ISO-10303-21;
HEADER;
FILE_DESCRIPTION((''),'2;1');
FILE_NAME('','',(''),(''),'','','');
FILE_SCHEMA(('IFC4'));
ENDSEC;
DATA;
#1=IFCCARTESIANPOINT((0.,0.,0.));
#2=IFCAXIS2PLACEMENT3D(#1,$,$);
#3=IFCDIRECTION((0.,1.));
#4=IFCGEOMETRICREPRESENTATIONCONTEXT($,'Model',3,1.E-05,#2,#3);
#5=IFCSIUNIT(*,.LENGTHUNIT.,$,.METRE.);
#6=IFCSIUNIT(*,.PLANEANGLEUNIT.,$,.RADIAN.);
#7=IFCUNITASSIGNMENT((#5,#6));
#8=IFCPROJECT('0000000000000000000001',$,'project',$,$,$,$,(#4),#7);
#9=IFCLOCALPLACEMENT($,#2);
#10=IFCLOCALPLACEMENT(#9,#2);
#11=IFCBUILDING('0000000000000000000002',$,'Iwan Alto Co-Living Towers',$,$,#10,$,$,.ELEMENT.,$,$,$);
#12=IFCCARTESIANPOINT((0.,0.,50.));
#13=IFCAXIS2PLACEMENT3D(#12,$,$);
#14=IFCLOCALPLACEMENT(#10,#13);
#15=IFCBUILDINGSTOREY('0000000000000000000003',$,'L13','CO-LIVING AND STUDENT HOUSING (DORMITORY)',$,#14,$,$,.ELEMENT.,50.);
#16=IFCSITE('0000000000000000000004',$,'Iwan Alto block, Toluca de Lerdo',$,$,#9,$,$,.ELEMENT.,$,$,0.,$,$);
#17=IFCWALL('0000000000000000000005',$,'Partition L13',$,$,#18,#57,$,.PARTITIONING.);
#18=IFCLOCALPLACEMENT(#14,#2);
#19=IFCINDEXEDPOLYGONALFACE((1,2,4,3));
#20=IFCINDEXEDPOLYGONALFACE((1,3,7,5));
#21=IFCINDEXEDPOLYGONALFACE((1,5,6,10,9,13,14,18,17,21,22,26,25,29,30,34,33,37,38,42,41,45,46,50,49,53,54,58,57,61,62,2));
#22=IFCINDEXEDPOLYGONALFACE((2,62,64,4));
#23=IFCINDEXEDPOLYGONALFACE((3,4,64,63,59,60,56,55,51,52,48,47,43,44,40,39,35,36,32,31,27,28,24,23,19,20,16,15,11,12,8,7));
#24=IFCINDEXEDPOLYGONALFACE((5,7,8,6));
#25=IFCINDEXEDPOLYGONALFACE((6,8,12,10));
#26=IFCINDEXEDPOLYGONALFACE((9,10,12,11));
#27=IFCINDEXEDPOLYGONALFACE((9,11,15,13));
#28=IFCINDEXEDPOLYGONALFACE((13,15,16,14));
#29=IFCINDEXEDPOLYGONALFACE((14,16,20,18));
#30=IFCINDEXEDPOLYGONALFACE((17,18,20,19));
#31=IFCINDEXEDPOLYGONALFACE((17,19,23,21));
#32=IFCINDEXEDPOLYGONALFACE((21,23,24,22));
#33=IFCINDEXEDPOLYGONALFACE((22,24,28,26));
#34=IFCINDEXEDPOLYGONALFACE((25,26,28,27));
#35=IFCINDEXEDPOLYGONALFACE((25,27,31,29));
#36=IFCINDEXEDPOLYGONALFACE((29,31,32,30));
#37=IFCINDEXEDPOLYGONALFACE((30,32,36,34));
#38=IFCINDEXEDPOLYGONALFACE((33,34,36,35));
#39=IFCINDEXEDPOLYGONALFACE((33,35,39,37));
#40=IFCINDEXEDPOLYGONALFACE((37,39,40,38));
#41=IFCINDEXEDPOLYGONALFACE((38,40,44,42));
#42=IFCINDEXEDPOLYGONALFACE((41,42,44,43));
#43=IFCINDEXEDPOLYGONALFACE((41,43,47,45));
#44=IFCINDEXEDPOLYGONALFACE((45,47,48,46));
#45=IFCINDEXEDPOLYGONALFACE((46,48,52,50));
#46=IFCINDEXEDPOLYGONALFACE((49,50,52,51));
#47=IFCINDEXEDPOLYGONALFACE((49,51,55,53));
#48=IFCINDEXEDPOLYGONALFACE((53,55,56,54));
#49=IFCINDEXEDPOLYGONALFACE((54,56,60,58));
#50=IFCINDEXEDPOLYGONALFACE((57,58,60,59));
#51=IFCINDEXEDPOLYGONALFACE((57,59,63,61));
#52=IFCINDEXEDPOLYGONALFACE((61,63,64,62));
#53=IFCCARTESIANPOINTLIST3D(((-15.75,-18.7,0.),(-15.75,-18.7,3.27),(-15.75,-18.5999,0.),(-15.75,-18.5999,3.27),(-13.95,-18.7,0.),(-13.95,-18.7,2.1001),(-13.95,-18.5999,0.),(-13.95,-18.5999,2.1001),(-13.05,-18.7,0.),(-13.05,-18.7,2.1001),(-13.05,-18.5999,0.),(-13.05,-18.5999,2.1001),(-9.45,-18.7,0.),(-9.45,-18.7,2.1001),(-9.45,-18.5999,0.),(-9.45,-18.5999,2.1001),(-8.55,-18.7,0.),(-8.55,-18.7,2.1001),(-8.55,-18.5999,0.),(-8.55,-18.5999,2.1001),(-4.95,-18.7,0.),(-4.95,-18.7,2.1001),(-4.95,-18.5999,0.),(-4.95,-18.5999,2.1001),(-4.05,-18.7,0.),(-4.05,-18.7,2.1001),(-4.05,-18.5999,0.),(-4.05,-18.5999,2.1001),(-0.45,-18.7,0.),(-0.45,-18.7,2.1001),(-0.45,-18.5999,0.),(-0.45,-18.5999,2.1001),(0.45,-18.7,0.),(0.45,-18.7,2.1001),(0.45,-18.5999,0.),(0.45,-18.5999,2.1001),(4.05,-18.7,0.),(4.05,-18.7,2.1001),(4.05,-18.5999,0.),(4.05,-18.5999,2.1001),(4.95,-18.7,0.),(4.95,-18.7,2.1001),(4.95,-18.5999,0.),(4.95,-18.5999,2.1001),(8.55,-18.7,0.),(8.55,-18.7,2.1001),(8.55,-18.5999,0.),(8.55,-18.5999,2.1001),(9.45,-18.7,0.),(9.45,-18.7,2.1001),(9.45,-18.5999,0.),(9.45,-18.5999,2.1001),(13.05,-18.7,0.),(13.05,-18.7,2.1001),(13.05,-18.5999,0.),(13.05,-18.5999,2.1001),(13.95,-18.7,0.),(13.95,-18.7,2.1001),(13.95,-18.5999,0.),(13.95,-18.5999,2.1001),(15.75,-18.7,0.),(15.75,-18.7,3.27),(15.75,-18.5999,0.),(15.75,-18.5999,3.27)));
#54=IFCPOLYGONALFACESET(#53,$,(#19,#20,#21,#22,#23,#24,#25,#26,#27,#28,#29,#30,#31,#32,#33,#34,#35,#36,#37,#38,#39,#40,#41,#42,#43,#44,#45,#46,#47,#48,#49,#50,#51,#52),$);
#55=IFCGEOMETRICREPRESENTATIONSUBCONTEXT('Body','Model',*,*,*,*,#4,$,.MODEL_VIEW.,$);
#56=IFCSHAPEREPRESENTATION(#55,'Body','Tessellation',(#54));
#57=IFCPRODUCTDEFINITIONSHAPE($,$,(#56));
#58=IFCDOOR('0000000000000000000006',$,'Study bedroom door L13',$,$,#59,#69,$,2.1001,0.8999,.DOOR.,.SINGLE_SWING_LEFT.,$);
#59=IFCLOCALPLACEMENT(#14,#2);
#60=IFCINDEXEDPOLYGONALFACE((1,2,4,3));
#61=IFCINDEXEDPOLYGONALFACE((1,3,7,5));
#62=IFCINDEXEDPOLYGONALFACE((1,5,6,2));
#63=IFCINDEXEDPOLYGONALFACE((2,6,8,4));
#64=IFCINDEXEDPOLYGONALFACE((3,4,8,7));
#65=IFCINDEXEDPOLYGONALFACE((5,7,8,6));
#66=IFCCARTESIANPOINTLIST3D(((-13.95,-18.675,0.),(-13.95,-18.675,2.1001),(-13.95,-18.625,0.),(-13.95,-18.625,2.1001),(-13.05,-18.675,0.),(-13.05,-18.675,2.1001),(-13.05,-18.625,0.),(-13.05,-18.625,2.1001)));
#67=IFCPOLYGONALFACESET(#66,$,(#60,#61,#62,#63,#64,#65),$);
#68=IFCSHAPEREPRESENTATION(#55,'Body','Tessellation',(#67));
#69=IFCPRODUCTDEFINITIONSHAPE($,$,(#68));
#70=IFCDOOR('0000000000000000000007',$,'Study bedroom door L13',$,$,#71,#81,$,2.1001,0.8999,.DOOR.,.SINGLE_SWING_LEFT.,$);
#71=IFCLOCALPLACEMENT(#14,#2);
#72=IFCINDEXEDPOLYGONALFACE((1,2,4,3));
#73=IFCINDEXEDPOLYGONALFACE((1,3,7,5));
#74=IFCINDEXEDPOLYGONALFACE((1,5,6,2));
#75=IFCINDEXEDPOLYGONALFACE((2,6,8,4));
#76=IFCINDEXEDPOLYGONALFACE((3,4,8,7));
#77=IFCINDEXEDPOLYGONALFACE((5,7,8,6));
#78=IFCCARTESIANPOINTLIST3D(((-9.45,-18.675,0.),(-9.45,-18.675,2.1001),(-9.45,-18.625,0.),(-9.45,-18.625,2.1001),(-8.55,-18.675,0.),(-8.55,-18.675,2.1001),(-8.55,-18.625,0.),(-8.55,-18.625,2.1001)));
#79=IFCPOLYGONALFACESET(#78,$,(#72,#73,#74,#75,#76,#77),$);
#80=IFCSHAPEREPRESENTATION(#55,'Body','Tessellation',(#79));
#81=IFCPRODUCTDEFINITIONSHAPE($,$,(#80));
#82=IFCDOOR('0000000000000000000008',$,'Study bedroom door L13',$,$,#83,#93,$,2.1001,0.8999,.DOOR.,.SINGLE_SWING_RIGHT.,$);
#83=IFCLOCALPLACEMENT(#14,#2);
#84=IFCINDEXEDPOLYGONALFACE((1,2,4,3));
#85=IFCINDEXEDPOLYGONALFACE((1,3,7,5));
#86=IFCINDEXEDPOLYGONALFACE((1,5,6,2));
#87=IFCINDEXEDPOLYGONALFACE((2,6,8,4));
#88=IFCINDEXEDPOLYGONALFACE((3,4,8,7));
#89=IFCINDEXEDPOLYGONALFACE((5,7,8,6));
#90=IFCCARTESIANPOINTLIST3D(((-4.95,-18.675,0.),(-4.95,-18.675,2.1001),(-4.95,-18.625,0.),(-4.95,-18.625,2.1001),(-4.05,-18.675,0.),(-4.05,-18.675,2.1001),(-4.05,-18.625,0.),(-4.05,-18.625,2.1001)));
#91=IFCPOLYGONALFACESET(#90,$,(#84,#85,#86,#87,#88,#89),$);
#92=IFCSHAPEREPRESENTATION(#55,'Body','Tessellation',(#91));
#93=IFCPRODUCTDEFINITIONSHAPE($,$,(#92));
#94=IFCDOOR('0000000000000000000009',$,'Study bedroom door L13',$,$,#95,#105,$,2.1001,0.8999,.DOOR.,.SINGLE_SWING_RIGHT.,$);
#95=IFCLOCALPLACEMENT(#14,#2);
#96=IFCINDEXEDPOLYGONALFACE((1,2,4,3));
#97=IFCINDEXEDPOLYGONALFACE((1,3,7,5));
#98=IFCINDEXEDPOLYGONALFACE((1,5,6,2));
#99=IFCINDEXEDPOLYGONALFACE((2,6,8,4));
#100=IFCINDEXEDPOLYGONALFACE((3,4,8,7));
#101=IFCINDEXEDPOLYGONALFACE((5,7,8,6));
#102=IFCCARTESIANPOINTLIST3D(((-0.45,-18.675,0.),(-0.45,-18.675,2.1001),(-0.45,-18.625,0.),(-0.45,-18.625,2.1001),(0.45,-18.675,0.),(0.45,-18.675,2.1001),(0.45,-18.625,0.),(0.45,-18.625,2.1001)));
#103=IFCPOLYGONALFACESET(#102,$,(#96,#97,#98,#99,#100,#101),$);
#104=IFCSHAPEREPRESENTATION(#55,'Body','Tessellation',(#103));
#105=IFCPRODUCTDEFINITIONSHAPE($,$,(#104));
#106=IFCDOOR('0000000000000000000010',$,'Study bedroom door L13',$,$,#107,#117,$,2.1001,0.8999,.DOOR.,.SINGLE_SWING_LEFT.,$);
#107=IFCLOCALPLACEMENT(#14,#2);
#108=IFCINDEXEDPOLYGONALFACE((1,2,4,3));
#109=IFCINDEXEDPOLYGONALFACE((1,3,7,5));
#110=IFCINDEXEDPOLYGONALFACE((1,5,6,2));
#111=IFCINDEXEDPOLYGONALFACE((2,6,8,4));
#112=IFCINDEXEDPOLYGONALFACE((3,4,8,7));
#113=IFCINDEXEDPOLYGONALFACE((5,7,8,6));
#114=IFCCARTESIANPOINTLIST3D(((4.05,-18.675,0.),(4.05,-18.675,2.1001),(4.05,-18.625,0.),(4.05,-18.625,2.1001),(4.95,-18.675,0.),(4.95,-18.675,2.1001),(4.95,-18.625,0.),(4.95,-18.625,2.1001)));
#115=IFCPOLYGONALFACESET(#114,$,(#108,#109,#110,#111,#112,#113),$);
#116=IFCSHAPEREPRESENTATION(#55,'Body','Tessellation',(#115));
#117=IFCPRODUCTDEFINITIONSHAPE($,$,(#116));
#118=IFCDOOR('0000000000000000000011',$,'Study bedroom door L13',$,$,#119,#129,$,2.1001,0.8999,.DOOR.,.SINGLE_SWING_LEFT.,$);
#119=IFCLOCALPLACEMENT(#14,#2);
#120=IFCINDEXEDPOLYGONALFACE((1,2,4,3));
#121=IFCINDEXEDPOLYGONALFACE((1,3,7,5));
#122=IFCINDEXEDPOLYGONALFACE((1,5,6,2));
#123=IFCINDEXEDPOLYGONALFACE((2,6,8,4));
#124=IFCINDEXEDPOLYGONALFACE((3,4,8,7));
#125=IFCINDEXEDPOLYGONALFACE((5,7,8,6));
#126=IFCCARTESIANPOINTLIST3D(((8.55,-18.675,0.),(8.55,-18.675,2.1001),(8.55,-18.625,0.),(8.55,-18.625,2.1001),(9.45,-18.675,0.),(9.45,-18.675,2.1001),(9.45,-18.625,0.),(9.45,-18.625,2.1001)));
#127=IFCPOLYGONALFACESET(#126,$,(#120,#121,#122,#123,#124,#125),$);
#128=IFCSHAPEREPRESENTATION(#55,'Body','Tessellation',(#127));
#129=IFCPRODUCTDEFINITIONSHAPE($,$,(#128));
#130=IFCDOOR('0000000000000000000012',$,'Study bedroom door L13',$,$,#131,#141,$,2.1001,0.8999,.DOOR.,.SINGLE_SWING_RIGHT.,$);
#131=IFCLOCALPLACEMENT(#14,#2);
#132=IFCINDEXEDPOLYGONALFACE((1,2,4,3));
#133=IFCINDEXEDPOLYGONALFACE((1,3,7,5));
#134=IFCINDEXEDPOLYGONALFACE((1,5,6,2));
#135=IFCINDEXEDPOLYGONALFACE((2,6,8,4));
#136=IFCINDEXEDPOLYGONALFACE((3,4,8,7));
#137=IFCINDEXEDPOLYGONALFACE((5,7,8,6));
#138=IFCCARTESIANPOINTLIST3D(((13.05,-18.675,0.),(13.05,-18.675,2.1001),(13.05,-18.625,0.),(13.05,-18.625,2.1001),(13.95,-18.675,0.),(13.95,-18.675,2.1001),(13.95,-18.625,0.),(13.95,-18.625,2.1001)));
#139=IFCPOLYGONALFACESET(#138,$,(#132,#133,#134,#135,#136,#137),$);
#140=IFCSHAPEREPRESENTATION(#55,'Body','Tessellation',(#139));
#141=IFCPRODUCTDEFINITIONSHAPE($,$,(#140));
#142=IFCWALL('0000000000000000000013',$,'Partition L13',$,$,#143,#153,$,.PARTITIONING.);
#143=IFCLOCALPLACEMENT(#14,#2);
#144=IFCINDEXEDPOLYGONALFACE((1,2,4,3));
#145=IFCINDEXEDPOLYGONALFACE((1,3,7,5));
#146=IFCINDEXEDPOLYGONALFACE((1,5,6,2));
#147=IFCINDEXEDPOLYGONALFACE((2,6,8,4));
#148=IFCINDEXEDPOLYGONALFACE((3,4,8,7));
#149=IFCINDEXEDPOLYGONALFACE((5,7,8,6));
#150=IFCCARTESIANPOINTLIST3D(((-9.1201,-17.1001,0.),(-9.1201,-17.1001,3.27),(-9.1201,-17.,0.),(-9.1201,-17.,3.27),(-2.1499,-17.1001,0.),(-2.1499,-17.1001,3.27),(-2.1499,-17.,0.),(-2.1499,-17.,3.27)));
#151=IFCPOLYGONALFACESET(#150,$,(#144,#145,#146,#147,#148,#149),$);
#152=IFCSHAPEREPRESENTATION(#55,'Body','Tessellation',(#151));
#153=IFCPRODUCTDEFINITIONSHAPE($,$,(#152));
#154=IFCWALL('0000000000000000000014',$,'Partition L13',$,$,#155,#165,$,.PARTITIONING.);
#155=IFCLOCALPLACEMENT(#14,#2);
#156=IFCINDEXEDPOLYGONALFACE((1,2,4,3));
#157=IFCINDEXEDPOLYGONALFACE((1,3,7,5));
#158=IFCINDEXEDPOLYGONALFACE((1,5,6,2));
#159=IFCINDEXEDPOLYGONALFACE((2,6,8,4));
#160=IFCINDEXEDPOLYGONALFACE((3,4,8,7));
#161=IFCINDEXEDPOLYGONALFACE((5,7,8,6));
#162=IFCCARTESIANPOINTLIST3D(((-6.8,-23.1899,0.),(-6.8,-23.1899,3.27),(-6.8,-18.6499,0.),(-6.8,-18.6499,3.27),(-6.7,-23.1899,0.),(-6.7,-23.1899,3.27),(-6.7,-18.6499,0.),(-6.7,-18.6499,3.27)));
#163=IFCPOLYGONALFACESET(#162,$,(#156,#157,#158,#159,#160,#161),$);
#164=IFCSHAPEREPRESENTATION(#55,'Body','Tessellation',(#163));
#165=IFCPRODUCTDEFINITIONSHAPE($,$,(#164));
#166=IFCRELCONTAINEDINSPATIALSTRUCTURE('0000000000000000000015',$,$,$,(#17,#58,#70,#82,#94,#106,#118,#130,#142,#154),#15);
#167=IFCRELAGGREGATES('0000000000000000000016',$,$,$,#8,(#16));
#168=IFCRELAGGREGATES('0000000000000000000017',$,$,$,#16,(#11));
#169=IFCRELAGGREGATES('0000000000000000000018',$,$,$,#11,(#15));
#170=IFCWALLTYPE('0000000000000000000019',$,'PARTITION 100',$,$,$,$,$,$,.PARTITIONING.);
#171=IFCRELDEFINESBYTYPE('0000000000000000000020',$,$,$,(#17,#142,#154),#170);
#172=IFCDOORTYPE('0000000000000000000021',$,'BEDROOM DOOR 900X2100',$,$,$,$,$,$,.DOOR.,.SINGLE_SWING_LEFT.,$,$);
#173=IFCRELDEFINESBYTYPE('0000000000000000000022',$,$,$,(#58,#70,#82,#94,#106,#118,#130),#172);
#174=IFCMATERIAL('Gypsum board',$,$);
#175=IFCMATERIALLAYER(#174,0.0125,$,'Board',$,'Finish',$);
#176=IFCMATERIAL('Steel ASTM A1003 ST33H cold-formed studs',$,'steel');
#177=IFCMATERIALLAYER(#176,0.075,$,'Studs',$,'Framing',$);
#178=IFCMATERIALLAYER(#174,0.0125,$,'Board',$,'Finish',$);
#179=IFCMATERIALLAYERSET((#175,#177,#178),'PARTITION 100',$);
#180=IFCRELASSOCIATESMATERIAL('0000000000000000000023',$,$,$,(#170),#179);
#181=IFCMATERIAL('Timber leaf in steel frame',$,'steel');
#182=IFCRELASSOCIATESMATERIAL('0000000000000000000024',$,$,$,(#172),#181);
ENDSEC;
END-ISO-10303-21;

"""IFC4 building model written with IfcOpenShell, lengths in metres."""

from ifc_helpers import new_model, si_unit, direction, frame, frame_2d, origin, place, context, subcontext, project, spatial, rectangle, extrude, material, layer, layer_set, type_object, element, fill, save


model = new_model("IFC4")

# Units and contexts
model_context = context("Model", 3, precision=1e-05, world=origin(), true_north=direction((0.0, 1.0)))
body_context = subcontext(model_context, "Body", "Model", "MODEL_VIEW")
ifc_project = project(units=[si_unit("LENGTHUNIT", "METRE"), si_unit("PLANEANGLEUNIT", "RADIAN")], contexts=[model_context])

# Site, building, storey
site_placement = place(None, origin())
site = spatial("IfcSite", under=ifc_project, at=site_placement, Name="Iwan Alto block, Toluca de Lerdo", CompositionType="ELEMENT", RefElevation=0.0)
building_placement = place(site_placement, origin())
building = spatial("IfcBuilding", under=site, at=building_placement, Name="Iwan Alto Co-Living Towers", CompositionType="ELEMENT")
storey_placement = place(building_placement, frame((0.0, 0.0, 50.0)))
storey = spatial("IfcBuildingStorey", under=building, at=storey_placement, Name="L13", Description="CO-LIVING AND STUDENT HOUSING (DORMITORY)", CompositionType="ELEMENT", Elevation=50.0)

# Wall, openings, doors
ifc_material_1 = material(Name="Gypsum board")
ifc_layer_1 = layer(ifc_material_1, 0.0125, Name="Board", Category="Finish")
ifc_material_2 = material(Name="Steel ASTM A1003 ST33H cold-formed studs", Category="steel")
ifc_layer_2 = layer(ifc_material_2, 0.075, Name="Studs", Category="Framing")
ifc_layer_3 = layer(ifc_material_1, 0.0125, Name="Board", Category="Finish")
ifc_layer_set_1 = layer_set([ifc_layer_1, ifc_layer_2, ifc_layer_3], Name="PARTITION 100")
wall_type = type_object("IfcWallType", Name="PARTITION 100", PredefinedType="PARTITIONING", material=ifc_layer_set_1)
wall_1_placement = place(storey_placement, frame((-15.75, -18.6499, 0.0), z_axis=(0.0, 0.0, 1.0), x_axis=(1.0, 0.0, 0.0)))
wall_1 = element("IfcWall", 1, at=wall_1_placement, inside=storey, type_object=wall_type, Name="Partition L13", PredefinedType="PARTITIONING", context=body_context, shape_type="SweptSolid", body=[
    extrude(rectangle(XDim=31.5, YDim=0.1001, at=frame_2d((15.75, 0.0))), origin(), (0.0, 0.0, 1.0), 3.27),
])
opening_1_placement = place(wall_1_placement, frame((1.8, 0.0, 0.0)))
opening_1 = element("IfcOpeningElement", 2, at=opening_1_placement, cuts=wall_1, PredefinedType="OPENING", context=body_context, shape_type="SweptSolid", body=[
    extrude(rectangle(XDim=0.8999, YDim=2.1001, at=frame_2d((0.45, 1.05))), frame((0.0, 0.0601, 0.0), z_axis=(0.0, -1.0, 0.0), x_axis=(1.0, 0.0, 0.0)), (0.0, 0.0, 1.0), 0.1201),
])
opening_2_placement = place(wall_1_placement, frame((6.3, 0.0, 0.0)))
opening_2 = element("IfcOpeningElement", 3, at=opening_2_placement, cuts=wall_1, PredefinedType="OPENING", context=body_context, shape_type="SweptSolid", body=[
    extrude(rectangle(XDim=0.8999, YDim=2.1001, at=frame_2d((0.45, 1.05))), frame((0.0, 0.0601, 0.0), z_axis=(0.0, -1.0, 0.0), x_axis=(1.0, 0.0, 0.0)), (0.0, 0.0, 1.0), 0.1201),
])
opening_3_placement = place(wall_1_placement, frame((10.8, 0.0, 0.0)))
opening_3 = element("IfcOpeningElement", 4, at=opening_3_placement, cuts=wall_1, PredefinedType="OPENING", context=body_context, shape_type="SweptSolid", body=[
    extrude(rectangle(XDim=0.8999, YDim=2.1001, at=frame_2d((0.45, 1.05))), frame((0.0, 0.0601, 0.0), z_axis=(0.0, -1.0, 0.0), x_axis=(1.0, 0.0, 0.0)), (0.0, 0.0, 1.0), 0.1201),
])
opening_4_placement = place(wall_1_placement, frame((15.3, 0.0, 0.0)))
opening_4 = element("IfcOpeningElement", 5, at=opening_4_placement, cuts=wall_1, PredefinedType="OPENING", context=body_context, shape_type="SweptSolid", body=[
    extrude(rectangle(XDim=0.8999, YDim=2.1001, at=frame_2d((0.45, 1.05))), frame((0.0, 0.0601, 0.0), z_axis=(0.0, -1.0, 0.0), x_axis=(1.0, 0.0, 0.0)), (0.0, 0.0, 1.0), 0.1201),
])
opening_5_placement = place(wall_1_placement, frame((19.8, 0.0, 0.0)))
opening_5 = element("IfcOpeningElement", 6, at=opening_5_placement, cuts=wall_1, PredefinedType="OPENING", context=body_context, shape_type="SweptSolid", body=[
    extrude(rectangle(XDim=0.8999, YDim=2.1001, at=frame_2d((0.45, 1.05))), frame((0.0, 0.0601, 0.0), z_axis=(0.0, -1.0, 0.0), x_axis=(1.0, 0.0, 0.0)), (0.0, 0.0, 1.0), 0.1201),
])
opening_6_placement = place(wall_1_placement, frame((24.3, 0.0, 0.0)))
opening_6 = element("IfcOpeningElement", 7, at=opening_6_placement, cuts=wall_1, PredefinedType="OPENING", context=body_context, shape_type="SweptSolid", body=[
    extrude(rectangle(XDim=0.8999, YDim=2.1001, at=frame_2d((0.45, 1.05))), frame((0.0, 0.0601, 0.0), z_axis=(0.0, -1.0, 0.0), x_axis=(1.0, 0.0, 0.0)), (0.0, 0.0, 1.0), 0.1201),
])
opening_7_placement = place(wall_1_placement, frame((28.8, 0.0, 0.0)))
opening_7 = element("IfcOpeningElement", 8, at=opening_7_placement, cuts=wall_1, PredefinedType="OPENING", context=body_context, shape_type="SweptSolid", body=[
    extrude(rectangle(XDim=0.8999, YDim=2.1001, at=frame_2d((0.45, 1.05))), frame((0.0, 0.0601, 0.0), z_axis=(0.0, -1.0, 0.0), x_axis=(1.0, 0.0, 0.0)), (0.0, 0.0, 1.0), 0.1201),
])
ifc_material_3 = material(Name="Timber leaf in steel frame", Category="steel")
door_type_1 = type_object("IfcDoorType", Name="BEDROOM DOOR 900X2100", OperationType="SINGLE_SWING_LEFT", PredefinedType="DOOR", material=ifc_material_3)
door_1_placement = place(opening_1_placement, origin())
door_1 = element("IfcDoor", 9, at=door_1_placement, inside=storey, type_object=door_type_1, Name="Study bedroom door L13", OperationType="SINGLE_SWING_LEFT", OverallHeight=2.1001, OverallWidth=0.8999, PredefinedType="DOOR", context=body_context, shape_type="SweptSolid", body=[
    extrude(rectangle(XDim=0.8999, YDim=2.1001, at=frame_2d((0.45, 1.05))), frame((0.0, 0.0249, 0.0), z_axis=(0.0, -1.0, 0.0), x_axis=(1.0, 0.0, 0.0)), (0.0, 0.0, 1.0), 0.05),
])
fill(opening_1, door_1)
door_2_placement = place(opening_2_placement, origin())
door_2 = element("IfcDoor", 10, at=door_2_placement, inside=storey, type_object=door_type_1, Name="Study bedroom door L13", OperationType="SINGLE_SWING_LEFT", OverallHeight=2.1001, OverallWidth=0.8999, PredefinedType="DOOR", context=body_context, shape_type="SweptSolid", body=[
    extrude(rectangle(XDim=0.8999, YDim=2.1001, at=frame_2d((0.45, 1.05))), frame((0.0, 0.0249, 0.0), z_axis=(0.0, -1.0, 0.0), x_axis=(1.0, 0.0, 0.0)), (0.0, 0.0, 1.0), 0.05),
])
fill(opening_2, door_2)
door_3_placement = place(opening_3_placement, origin())
door_3 = element("IfcDoor", 11, at=door_3_placement, inside=storey, type_object=door_type_1, Name="Study bedroom door L13", OperationType="SINGLE_SWING_RIGHT", OverallHeight=2.1001, OverallWidth=0.8999, PredefinedType="DOOR", context=body_context, shape_type="SweptSolid", body=[
    extrude(rectangle(XDim=0.8999, YDim=2.1001, at=frame_2d((0.45, 1.05))), frame((0.0, 0.0249, 0.0), z_axis=(0.0, -1.0, 0.0), x_axis=(1.0, 0.0, 0.0)), (0.0, 0.0, 1.0), 0.05),
])
fill(opening_3, door_3)
door_4_placement = place(opening_4_placement, origin())
door_4 = element("IfcDoor", 12, at=door_4_placement, inside=storey, type_object=door_type_1, Name="Study bedroom door L13", OperationType="SINGLE_SWING_RIGHT", OverallHeight=2.1001, OverallWidth=0.8999, PredefinedType="DOOR", context=body_context, shape_type="SweptSolid", body=[
    extrude(rectangle(XDim=0.8999, YDim=2.1001, at=frame_2d((0.45, 1.05))), frame((0.0, 0.0249, 0.0), z_axis=(0.0, -1.0, 0.0), x_axis=(1.0, 0.0, 0.0)), (0.0, 0.0, 1.0), 0.05),
])
fill(opening_4, door_4)
door_5_placement = place(opening_5_placement, origin())
door_5 = element("IfcDoor", 13, at=door_5_placement, inside=storey, type_object=door_type_1, Name="Study bedroom door L13", OperationType="SINGLE_SWING_LEFT", OverallHeight=2.1001, OverallWidth=0.8999, PredefinedType="DOOR", context=body_context, shape_type="SweptSolid", body=[
    extrude(rectangle(XDim=0.8999, YDim=2.1001, at=frame_2d((0.45, 1.05))), frame((0.0, 0.0249, 0.0), z_axis=(0.0, -1.0, 0.0), x_axis=(1.0, 0.0, 0.0)), (0.0, 0.0, 1.0), 0.05),
])
fill(opening_5, door_5)
door_6_placement = place(opening_6_placement, origin())
door_6 = element("IfcDoor", 14, at=door_6_placement, inside=storey, type_object=door_type_1, Name="Study bedroom door L13", OperationType="SINGLE_SWING_LEFT", OverallHeight=2.1001, OverallWidth=0.8999, PredefinedType="DOOR", context=body_context, shape_type="SweptSolid", body=[
    extrude(rectangle(XDim=0.8999, YDim=2.1001, at=frame_2d((0.45, 1.05))), frame((0.0, 0.0249, 0.0), z_axis=(0.0, -1.0, 0.0), x_axis=(1.0, 0.0, 0.0)), (0.0, 0.0, 1.0), 0.05),
])
fill(opening_6, door_6)
door_7_placement = place(opening_7_placement, origin())
door_7 = element("IfcDoor", 15, at=door_7_placement, inside=storey, type_object=door_type_1, Name="Study bedroom door L13", OperationType="SINGLE_SWING_RIGHT", OverallHeight=2.1001, OverallWidth=0.8999, PredefinedType="DOOR", context=body_context, shape_type="SweptSolid", body=[
    extrude(rectangle(XDim=0.8999, YDim=2.1001, at=frame_2d((0.45, 1.05))), frame((0.0, 0.0249, 0.0), z_axis=(0.0, -1.0, 0.0), x_axis=(1.0, 0.0, 0.0)), (0.0, 0.0, 1.0), 0.05),
])
fill(opening_7, door_7)

# Walls
wall_2_placement = place(storey_placement, frame((-9.1201, -17.05, 0.0), z_axis=(0.0, 0.0, 1.0), x_axis=(1.0, 0.0, 0.0)))
element("IfcWall", 16, at=wall_2_placement, inside=storey, type_object=wall_type, Name="Partition L13", PredefinedType="PARTITIONING", context=body_context, shape_type="SweptSolid", body=[
    extrude(rectangle(XDim=6.9702, YDim=0.1001, at=frame_2d((3.4851, 0.0))), origin(), (0.0, 0.0, 1.0), 3.27),
])
for number, where, z_axis, x_axis, name in (
    (17, (-6.75, -23.1899, 0.0), (0.0, 0.0, 1.0), (0.0, 1.0, 0.0), "Partition L13"),
):
    element("IfcWall", number, at=place(storey_placement, frame(where, z_axis=z_axis, x_axis=x_axis)), inside=storey, type_object=wall_type, Name=name, PredefinedType="PARTITIONING", context=body_context, shape_type="SweptSolid", body=[
        extrude(rectangle(XDim=4.54, YDim=0.1001, at=frame_2d((2.27, 0.0))), origin(), (0.0, 0.0, 1.0), 3.27),
    ])

save(model, "model.ifc")
